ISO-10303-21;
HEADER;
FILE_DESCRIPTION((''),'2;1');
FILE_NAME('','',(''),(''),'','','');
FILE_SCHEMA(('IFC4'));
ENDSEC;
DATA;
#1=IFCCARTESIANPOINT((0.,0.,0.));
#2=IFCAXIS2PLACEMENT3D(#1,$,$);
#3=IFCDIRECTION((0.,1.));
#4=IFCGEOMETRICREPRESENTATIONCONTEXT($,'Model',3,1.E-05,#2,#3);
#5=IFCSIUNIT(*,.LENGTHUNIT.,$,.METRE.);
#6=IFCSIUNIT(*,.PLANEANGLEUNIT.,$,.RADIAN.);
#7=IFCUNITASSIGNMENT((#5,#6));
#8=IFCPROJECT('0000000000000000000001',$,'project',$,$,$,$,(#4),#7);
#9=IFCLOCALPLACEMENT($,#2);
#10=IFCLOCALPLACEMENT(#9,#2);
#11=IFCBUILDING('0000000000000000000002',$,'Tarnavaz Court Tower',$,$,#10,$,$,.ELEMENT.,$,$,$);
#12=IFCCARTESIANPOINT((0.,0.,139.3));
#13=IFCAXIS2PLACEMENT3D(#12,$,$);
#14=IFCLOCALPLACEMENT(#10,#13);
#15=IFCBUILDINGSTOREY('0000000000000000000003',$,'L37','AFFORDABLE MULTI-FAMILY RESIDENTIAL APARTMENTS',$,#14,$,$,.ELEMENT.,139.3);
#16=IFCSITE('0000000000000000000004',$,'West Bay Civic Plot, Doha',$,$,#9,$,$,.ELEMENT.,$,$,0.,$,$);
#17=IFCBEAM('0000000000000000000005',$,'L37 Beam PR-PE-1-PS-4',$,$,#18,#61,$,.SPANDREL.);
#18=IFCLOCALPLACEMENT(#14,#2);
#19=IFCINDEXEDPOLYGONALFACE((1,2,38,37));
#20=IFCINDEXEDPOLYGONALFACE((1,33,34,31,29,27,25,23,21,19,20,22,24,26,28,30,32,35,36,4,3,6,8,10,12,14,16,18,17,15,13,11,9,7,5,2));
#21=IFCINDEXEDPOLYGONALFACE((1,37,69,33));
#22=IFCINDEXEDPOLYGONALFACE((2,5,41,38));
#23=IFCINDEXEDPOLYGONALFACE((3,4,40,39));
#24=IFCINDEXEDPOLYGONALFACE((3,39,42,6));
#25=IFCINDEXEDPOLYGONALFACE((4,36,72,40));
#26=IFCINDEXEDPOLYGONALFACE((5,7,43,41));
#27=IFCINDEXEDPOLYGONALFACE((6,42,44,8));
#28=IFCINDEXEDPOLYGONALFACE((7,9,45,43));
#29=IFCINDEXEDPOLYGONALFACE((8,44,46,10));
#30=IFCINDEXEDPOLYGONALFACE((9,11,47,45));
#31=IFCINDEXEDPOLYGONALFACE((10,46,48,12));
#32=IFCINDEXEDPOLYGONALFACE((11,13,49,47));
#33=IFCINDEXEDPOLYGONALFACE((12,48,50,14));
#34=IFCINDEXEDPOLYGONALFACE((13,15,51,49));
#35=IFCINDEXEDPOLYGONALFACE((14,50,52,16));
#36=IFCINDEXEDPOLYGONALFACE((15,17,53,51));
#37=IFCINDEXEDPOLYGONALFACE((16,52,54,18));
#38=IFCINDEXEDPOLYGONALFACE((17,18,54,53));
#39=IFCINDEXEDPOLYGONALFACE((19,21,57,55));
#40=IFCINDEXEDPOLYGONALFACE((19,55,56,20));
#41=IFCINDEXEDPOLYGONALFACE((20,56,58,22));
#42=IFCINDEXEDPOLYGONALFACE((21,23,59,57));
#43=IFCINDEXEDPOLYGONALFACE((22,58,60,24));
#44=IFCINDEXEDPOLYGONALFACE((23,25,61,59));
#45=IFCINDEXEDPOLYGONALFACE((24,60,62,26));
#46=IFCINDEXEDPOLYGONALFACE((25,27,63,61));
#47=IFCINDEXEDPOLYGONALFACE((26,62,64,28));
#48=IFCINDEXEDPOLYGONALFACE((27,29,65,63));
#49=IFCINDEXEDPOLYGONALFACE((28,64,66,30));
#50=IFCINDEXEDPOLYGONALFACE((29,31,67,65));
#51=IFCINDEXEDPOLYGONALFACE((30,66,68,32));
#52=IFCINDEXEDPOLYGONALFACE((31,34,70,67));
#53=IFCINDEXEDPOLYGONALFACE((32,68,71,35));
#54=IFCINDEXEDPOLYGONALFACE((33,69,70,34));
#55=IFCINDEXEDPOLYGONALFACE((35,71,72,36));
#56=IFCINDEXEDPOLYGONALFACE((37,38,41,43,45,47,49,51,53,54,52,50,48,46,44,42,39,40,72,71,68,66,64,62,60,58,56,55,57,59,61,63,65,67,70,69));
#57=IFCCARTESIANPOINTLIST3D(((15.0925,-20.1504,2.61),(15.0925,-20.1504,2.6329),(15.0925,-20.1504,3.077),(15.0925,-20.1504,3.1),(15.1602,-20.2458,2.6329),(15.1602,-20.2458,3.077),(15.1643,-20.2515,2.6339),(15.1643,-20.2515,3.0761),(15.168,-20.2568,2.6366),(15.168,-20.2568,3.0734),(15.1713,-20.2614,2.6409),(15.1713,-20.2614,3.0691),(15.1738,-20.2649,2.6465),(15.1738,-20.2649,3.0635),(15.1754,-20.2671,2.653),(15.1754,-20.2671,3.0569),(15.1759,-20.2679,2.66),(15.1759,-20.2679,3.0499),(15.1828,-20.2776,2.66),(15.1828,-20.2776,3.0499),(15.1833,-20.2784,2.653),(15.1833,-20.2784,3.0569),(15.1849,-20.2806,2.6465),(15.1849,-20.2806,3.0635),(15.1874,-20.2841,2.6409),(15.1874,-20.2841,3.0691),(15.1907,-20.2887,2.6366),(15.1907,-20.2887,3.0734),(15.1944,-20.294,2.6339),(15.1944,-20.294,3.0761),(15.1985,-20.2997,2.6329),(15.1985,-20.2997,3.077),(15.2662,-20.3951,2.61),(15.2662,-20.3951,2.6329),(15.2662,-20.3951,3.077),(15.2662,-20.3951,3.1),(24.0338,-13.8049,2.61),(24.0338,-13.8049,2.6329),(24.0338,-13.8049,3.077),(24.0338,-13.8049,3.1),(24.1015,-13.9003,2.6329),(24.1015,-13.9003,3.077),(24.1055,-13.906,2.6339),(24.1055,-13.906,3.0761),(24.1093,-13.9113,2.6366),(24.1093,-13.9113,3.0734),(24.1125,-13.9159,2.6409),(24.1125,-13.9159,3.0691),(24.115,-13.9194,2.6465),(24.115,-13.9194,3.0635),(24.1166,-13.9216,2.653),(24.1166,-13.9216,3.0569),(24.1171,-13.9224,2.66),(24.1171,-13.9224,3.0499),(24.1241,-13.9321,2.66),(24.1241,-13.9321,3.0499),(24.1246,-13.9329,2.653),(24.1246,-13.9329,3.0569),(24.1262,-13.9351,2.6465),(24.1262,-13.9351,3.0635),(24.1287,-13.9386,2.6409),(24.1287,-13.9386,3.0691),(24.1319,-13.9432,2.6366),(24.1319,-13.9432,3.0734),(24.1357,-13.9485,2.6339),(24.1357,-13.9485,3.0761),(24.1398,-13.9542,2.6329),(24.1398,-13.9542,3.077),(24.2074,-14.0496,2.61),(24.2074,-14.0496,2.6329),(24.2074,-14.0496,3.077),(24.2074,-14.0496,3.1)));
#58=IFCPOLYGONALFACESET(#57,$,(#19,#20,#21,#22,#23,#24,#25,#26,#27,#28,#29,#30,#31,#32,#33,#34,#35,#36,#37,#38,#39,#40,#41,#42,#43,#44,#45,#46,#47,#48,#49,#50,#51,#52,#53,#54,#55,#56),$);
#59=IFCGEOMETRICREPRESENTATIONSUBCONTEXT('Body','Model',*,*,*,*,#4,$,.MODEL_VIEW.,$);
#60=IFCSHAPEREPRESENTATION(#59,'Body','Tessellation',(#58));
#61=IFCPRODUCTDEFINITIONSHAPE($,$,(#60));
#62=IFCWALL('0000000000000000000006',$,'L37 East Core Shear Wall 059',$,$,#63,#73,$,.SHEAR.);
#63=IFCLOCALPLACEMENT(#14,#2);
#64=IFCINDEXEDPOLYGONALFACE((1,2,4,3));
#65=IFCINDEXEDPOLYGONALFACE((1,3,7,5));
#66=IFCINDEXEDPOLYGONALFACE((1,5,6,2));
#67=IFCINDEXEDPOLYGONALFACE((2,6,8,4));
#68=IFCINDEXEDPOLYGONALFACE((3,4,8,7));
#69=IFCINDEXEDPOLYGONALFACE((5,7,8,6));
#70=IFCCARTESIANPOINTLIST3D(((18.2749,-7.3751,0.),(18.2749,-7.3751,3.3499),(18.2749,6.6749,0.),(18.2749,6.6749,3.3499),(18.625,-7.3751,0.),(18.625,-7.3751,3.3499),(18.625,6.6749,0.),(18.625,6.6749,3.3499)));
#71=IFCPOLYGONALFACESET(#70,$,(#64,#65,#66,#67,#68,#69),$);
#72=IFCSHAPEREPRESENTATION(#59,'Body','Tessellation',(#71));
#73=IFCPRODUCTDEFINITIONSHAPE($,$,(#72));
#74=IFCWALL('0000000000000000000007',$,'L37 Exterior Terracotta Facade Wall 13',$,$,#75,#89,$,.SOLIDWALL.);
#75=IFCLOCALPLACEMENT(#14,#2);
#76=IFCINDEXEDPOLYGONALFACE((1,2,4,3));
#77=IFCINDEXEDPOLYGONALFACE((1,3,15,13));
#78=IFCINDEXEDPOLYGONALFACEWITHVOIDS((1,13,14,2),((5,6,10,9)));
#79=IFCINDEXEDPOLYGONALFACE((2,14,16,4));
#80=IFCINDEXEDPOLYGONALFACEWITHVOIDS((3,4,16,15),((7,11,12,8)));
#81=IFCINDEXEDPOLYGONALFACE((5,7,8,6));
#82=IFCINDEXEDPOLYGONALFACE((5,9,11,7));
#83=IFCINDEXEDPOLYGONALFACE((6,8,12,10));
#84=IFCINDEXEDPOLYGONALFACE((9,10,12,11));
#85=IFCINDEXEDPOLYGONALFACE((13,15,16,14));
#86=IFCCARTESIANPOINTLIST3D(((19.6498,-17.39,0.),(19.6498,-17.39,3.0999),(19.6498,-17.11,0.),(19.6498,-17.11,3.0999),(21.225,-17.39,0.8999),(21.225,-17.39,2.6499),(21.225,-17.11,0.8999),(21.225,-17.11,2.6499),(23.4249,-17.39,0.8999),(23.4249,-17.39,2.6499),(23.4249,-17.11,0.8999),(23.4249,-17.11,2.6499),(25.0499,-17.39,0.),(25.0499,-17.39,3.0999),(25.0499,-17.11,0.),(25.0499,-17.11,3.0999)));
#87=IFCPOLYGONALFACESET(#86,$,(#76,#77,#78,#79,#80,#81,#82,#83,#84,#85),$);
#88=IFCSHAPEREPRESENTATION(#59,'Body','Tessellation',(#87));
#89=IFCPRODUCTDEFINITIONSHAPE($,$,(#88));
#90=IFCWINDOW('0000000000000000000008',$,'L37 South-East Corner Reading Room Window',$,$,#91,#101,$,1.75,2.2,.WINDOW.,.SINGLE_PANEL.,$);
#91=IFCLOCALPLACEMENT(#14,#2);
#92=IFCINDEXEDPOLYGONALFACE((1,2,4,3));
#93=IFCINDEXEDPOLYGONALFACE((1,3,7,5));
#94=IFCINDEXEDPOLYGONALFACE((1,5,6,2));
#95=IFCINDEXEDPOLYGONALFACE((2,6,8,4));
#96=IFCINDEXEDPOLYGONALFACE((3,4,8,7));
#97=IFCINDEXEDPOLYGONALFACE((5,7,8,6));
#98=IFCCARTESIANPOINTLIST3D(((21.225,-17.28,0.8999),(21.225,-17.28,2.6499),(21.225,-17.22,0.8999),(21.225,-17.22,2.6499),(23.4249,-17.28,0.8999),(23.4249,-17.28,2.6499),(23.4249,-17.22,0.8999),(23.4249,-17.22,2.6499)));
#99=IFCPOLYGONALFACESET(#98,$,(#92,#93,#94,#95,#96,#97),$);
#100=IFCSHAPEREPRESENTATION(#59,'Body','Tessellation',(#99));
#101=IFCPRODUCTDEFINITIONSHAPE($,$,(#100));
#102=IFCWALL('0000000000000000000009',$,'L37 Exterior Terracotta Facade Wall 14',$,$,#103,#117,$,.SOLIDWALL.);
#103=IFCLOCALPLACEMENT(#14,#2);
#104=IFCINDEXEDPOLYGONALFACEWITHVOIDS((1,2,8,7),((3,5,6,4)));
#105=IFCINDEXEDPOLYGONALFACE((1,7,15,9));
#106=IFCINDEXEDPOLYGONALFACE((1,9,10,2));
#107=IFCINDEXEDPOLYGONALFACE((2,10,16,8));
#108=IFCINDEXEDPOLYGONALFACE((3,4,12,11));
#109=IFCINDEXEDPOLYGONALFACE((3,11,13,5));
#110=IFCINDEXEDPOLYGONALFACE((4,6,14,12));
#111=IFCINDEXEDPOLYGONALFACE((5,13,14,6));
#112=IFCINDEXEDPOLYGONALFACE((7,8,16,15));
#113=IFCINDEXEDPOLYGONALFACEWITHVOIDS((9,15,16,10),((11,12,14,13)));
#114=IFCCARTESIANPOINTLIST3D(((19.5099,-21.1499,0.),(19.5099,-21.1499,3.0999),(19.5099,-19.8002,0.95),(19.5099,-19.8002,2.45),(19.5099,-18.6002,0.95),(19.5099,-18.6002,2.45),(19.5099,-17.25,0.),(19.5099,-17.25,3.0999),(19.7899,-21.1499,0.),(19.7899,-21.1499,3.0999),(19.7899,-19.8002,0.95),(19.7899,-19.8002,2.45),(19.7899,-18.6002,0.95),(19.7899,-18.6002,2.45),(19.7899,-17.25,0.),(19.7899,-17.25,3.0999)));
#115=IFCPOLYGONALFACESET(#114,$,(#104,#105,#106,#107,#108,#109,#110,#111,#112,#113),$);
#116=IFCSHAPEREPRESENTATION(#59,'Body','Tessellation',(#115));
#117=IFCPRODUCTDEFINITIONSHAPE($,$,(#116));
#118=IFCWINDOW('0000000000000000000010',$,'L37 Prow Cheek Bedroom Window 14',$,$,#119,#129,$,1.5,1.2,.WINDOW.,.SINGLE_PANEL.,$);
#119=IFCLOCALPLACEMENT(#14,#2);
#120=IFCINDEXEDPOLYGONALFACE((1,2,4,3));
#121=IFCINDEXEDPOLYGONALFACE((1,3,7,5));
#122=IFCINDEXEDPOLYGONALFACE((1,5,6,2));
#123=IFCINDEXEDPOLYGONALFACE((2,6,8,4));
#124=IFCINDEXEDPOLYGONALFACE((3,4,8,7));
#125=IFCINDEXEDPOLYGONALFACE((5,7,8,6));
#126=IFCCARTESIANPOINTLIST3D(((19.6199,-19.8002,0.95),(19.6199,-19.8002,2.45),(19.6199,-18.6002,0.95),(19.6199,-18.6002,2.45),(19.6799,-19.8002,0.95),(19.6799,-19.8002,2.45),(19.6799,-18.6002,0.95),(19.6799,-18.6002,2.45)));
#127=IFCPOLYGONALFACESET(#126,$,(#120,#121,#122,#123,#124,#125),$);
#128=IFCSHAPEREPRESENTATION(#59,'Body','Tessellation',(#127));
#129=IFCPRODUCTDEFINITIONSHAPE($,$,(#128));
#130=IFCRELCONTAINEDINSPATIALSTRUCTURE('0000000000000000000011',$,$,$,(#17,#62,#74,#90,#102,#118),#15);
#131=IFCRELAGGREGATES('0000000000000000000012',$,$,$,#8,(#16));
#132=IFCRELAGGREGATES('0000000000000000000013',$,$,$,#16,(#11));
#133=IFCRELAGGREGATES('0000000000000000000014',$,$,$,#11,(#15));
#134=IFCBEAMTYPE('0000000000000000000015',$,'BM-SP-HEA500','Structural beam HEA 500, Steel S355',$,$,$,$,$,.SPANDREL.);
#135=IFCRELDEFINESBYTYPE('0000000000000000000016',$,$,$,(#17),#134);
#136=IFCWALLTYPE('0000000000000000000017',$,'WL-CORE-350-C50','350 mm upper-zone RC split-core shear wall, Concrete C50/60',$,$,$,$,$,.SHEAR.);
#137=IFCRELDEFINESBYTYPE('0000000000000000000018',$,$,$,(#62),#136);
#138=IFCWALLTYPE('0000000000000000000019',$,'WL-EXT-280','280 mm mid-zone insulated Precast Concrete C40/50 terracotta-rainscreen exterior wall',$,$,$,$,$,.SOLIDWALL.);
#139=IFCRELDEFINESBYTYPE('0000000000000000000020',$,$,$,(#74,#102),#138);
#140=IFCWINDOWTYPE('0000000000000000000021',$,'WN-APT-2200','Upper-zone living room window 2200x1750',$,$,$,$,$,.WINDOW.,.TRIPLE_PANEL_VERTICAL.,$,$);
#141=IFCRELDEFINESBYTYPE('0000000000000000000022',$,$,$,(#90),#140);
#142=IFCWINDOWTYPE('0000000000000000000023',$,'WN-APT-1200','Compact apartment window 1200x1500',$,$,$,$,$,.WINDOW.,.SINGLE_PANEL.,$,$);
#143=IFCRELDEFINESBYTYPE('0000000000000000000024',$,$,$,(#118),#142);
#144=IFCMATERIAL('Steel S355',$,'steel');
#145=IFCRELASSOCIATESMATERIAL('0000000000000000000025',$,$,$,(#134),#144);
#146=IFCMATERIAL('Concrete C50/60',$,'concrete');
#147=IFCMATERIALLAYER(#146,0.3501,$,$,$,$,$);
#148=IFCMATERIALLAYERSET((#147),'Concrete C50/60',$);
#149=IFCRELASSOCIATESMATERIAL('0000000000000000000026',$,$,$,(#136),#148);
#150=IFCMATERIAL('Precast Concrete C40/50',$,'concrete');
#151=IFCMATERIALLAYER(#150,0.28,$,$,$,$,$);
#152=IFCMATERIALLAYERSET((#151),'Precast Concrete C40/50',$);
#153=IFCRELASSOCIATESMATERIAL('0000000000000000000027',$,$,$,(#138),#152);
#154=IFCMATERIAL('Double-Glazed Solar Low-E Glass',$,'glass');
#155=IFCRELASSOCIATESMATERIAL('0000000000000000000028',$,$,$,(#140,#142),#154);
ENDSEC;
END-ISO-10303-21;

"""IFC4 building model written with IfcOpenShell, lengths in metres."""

from ifc_helpers import new_model, si_unit, direction, frame, frame_2d, origin, origin_2d, place, context, subcontext, project, spatial, rectangle, i_section, extrude, material, layer, layer_set, material_profile, profile_set, type_object, element, fill, save


model = new_model("IFC4")

# Units and contexts
model_context = context("Model", 3, precision=1e-05, world=origin(), true_north=direction((0.0, 1.0)))
body_context = subcontext(model_context, "Body", "Model", "MODEL_VIEW")
ifc_project = project(units=[si_unit("LENGTHUNIT", "METRE"), si_unit("PLANEANGLEUNIT", "RADIAN")], contexts=[model_context])

# Site, building, storey
site_placement = place(None, origin())
site = spatial("IfcSite", under=ifc_project, at=site_placement, Name="West Bay Civic Plot, Doha", CompositionType="ELEMENT", RefElevation=0.0)
building_placement = place(site_placement, origin())
building = spatial("IfcBuilding", under=site, at=building_placement, Name="Tarnavaz Court Tower", CompositionType="ELEMENT")
storey_placement = place(building_placement, frame((0.0, 0.0, 139.3)))
storey = spatial("IfcBuildingStorey", under=building, at=storey_placement, Name="L37", Description="AFFORDABLE MULTI-FAMILY RESIDENTIAL APARTMENTS", CompositionType="ELEMENT", Elevation=139.3)

# Shared definitions
ifc_material_1 = material(Name="Concrete C50/60", Category="concrete")

# Beam
ifc_material_2 = material(Name="Steel S355", Category="steel")
ifc_material_profile_1 = material_profile(ifc_material_2, i_section(OverallWidth=0.3, OverallDepth=0.49, WebThickness=0.012, FlangeThickness=0.0229, FilletRadius=0.0271, at=origin_2d()), Name="HEA 500")
ifc_profile_set_1 = profile_set([ifc_material_profile_1], Name="Steel S355")
beam_type_1 = type_object("IfcBeamType", Name="BM-SP-HEA500", Description="Structural beam HEA 500, Steel S355", PredefinedType="SPANDREL", material=ifc_profile_set_1)
beam_1_placement = place(storey_placement, frame((24.1206, -13.9272, 2.855), z_axis=(-0.815502, -0.578754, 0.0), x_axis=(0.578754, -0.815502, 0.0)))
element("IfcBeam", 1, at=beam_1_placement, inside=storey, type_object=beam_type_1, Name="L37 Beam PR-PE-1-PS-4", PredefinedType="SPANDREL", context=body_context, shape_type="SweptSolid", body=[
    extrude(i_section(OverallWidth=0.3, OverallDepth=0.49, WebThickness=0.012, FlangeThickness=0.0229, FilletRadius=0.0271, at=origin_2d()), origin(), (0.0, 0.0, 1.0), 10.9641),
])

# Wall
ifc_layer_1 = layer(ifc_material_1, 0.3501)
ifc_layer_set_1 = layer_set([ifc_layer_1], Name="Concrete C50/60")
wall_type_1 = type_object("IfcWallType", Name="WL-CORE-350-C50", Description="350 mm upper-zone RC split-core shear wall, Concrete C50/60", PredefinedType="SHEAR", material=ifc_layer_set_1)
wall_1_placement = place(storey_placement, frame((18.45, -7.375, 0.0), z_axis=(0.0, 0.0, 1.0), x_axis=(0.0, 1.0, 0.0)))
element("IfcWall", 2, at=wall_1_placement, inside=storey, type_object=wall_type_1, Name="L37 East Core Shear Wall 059", PredefinedType="SHEAR", context=body_context, shape_type="SweptSolid", body=[
    extrude(rectangle(XDim=14.05, YDim=0.3501, at=frame_2d((7.0249, 0.0))), origin(), (0.0, 0.0, 1.0), 3.3499),
])

# Walls, openings, windows
ifc_material_3 = material(Name="Precast Concrete C40/50", Category="concrete")
ifc_layer_2 = layer(ifc_material_3, 0.28)
ifc_layer_set_2 = layer_set([ifc_layer_2], Name="Precast Concrete C40/50")
wall_type_2 = type_object("IfcWallType", Name="WL-EXT-280", Description="280 mm mid-zone insulated Precast Concrete C40/50 terracotta-rainscreen exterior wall", PredefinedType="SOLIDWALL", material=ifc_layer_set_2)
wall_2_placement = place(storey_placement, frame((25.05, -17.25, 0.0), z_axis=(0.0, 0.0, 1.0), x_axis=(-1.0, 0.0, 0.0)))
wall_2 = element("IfcWall", 3, at=wall_2_placement, inside=storey, type_object=wall_type_2, Name="L37 Exterior Terracotta Facade Wall 13", PredefinedType="SOLIDWALL", context=body_context, shape_type="SweptSolid", body=[
    extrude(rectangle(XDim=5.4001, YDim=0.28, at=frame_2d((2.7002, 0.0))), origin(), (0.0, 0.0, 1.0), 3.0999),
])
opening_1_placement = place(wall_2_placement, frame((1.625, 0.0, 0.8999)))
opening_1 = element("IfcOpeningElement", 4, at=opening_1_placement, cuts=wall_2, PredefinedType="OPENING", context=body_context, shape_type="SweptSolid", body=[
    extrude(rectangle(XDim=2.2, YDim=1.75, at=frame_2d((1.1001, 0.875))), frame((0.0, 0.1499, 0.0), z_axis=(0.0, -1.0, 0.0), x_axis=(1.0, 0.0, 0.0)), (0.0, 0.0, 1.0), 0.3),
])
ifc_material_4 = material(Name="Double-Glazed Solar Low-E Glass", Category="glass")
window_type_1 = type_object("IfcWindowType", Name="WN-APT-2200", Description="Upper-zone living room window 2200x1750", PartitioningType="TRIPLE_PANEL_VERTICAL", PredefinedType="WINDOW", material=ifc_material_4)
window_1_placement = place(opening_1_placement, origin())
window_1 = element("IfcWindow", 5, at=window_1_placement, inside=storey, type_object=window_type_1, Name="L37 South-East Corner Reading Room Window", OverallHeight=1.75, OverallWidth=2.2, PartitioningType="SINGLE_PANEL", PredefinedType="WINDOW", context=body_context, shape_type="SweptSolid", body=[
    extrude(rectangle(XDim=2.2, YDim=1.75, at=frame_2d((1.1001, 0.875))), frame((0.0, 0.03, 0.0), z_axis=(0.0, -1.0, 0.0), x_axis=(1.0, 0.0, 0.0)), (0.0, 0.0, 1.0), 0.0601),
])
fill(opening_1, window_1)
wall_3_placement = place(storey_placement, frame((19.6499, -17.25, 0.0), z_axis=(0.0, 0.0, 1.0), x_axis=(0.0, -1.0, 0.0)))
wall_3 = element("IfcWall", 6, at=wall_3_placement, inside=storey, type_object=wall_type_2, Name="L37 Exterior Terracotta Facade Wall 14", PredefinedType="SOLIDWALL", context=body_context, shape_type="SweptSolid", body=[
    extrude(rectangle(XDim=3.8999, YDim=0.28, at=frame_2d((1.95, 0.0))), origin(), (0.0, 0.0, 1.0), 3.0999),
])
opening_2_placement = place(wall_3_placement, frame((1.3501, 0.0, 0.95)))
opening_2 = element("IfcOpeningElement", 7, at=opening_2_placement, cuts=wall_3, PredefinedType="OPENING", context=body_context, shape_type="SweptSolid", body=[
    extrude(rectangle(XDim=1.2, YDim=1.5, at=frame_2d((0.6001, 0.75))), frame((0.0, 0.1499, 0.0), z_axis=(0.0, -1.0, 0.0), x_axis=(1.0, 0.0, 0.0)), (0.0, 0.0, 1.0), 0.3),
])
window_type_2 = type_object("IfcWindowType", Name="WN-APT-1200", Description="Compact apartment window 1200x1500", PartitioningType="SINGLE_PANEL", PredefinedType="WINDOW", material=ifc_material_4)
window_2_placement = place(opening_2_placement, origin())
window_2 = element("IfcWindow", 8, at=window_2_placement, inside=storey, type_object=window_type_2, Name="L37 Prow Cheek Bedroom Window 14", OverallHeight=1.5, OverallWidth=1.2, PartitioningType="SINGLE_PANEL", PredefinedType="WINDOW", context=body_context, shape_type="SweptSolid", body=[
    extrude(rectangle(XDim=1.2, YDim=1.5, at=frame_2d((0.6001, 0.75))), frame((0.0, 0.03, 0.0), z_axis=(0.0, -1.0, 0.0), x_axis=(1.0, 0.0, 0.0)), (0.0, 0.0, 1.0), 0.0601),
])
fill(opening_2, window_2)

save(model, "model.ifc")
